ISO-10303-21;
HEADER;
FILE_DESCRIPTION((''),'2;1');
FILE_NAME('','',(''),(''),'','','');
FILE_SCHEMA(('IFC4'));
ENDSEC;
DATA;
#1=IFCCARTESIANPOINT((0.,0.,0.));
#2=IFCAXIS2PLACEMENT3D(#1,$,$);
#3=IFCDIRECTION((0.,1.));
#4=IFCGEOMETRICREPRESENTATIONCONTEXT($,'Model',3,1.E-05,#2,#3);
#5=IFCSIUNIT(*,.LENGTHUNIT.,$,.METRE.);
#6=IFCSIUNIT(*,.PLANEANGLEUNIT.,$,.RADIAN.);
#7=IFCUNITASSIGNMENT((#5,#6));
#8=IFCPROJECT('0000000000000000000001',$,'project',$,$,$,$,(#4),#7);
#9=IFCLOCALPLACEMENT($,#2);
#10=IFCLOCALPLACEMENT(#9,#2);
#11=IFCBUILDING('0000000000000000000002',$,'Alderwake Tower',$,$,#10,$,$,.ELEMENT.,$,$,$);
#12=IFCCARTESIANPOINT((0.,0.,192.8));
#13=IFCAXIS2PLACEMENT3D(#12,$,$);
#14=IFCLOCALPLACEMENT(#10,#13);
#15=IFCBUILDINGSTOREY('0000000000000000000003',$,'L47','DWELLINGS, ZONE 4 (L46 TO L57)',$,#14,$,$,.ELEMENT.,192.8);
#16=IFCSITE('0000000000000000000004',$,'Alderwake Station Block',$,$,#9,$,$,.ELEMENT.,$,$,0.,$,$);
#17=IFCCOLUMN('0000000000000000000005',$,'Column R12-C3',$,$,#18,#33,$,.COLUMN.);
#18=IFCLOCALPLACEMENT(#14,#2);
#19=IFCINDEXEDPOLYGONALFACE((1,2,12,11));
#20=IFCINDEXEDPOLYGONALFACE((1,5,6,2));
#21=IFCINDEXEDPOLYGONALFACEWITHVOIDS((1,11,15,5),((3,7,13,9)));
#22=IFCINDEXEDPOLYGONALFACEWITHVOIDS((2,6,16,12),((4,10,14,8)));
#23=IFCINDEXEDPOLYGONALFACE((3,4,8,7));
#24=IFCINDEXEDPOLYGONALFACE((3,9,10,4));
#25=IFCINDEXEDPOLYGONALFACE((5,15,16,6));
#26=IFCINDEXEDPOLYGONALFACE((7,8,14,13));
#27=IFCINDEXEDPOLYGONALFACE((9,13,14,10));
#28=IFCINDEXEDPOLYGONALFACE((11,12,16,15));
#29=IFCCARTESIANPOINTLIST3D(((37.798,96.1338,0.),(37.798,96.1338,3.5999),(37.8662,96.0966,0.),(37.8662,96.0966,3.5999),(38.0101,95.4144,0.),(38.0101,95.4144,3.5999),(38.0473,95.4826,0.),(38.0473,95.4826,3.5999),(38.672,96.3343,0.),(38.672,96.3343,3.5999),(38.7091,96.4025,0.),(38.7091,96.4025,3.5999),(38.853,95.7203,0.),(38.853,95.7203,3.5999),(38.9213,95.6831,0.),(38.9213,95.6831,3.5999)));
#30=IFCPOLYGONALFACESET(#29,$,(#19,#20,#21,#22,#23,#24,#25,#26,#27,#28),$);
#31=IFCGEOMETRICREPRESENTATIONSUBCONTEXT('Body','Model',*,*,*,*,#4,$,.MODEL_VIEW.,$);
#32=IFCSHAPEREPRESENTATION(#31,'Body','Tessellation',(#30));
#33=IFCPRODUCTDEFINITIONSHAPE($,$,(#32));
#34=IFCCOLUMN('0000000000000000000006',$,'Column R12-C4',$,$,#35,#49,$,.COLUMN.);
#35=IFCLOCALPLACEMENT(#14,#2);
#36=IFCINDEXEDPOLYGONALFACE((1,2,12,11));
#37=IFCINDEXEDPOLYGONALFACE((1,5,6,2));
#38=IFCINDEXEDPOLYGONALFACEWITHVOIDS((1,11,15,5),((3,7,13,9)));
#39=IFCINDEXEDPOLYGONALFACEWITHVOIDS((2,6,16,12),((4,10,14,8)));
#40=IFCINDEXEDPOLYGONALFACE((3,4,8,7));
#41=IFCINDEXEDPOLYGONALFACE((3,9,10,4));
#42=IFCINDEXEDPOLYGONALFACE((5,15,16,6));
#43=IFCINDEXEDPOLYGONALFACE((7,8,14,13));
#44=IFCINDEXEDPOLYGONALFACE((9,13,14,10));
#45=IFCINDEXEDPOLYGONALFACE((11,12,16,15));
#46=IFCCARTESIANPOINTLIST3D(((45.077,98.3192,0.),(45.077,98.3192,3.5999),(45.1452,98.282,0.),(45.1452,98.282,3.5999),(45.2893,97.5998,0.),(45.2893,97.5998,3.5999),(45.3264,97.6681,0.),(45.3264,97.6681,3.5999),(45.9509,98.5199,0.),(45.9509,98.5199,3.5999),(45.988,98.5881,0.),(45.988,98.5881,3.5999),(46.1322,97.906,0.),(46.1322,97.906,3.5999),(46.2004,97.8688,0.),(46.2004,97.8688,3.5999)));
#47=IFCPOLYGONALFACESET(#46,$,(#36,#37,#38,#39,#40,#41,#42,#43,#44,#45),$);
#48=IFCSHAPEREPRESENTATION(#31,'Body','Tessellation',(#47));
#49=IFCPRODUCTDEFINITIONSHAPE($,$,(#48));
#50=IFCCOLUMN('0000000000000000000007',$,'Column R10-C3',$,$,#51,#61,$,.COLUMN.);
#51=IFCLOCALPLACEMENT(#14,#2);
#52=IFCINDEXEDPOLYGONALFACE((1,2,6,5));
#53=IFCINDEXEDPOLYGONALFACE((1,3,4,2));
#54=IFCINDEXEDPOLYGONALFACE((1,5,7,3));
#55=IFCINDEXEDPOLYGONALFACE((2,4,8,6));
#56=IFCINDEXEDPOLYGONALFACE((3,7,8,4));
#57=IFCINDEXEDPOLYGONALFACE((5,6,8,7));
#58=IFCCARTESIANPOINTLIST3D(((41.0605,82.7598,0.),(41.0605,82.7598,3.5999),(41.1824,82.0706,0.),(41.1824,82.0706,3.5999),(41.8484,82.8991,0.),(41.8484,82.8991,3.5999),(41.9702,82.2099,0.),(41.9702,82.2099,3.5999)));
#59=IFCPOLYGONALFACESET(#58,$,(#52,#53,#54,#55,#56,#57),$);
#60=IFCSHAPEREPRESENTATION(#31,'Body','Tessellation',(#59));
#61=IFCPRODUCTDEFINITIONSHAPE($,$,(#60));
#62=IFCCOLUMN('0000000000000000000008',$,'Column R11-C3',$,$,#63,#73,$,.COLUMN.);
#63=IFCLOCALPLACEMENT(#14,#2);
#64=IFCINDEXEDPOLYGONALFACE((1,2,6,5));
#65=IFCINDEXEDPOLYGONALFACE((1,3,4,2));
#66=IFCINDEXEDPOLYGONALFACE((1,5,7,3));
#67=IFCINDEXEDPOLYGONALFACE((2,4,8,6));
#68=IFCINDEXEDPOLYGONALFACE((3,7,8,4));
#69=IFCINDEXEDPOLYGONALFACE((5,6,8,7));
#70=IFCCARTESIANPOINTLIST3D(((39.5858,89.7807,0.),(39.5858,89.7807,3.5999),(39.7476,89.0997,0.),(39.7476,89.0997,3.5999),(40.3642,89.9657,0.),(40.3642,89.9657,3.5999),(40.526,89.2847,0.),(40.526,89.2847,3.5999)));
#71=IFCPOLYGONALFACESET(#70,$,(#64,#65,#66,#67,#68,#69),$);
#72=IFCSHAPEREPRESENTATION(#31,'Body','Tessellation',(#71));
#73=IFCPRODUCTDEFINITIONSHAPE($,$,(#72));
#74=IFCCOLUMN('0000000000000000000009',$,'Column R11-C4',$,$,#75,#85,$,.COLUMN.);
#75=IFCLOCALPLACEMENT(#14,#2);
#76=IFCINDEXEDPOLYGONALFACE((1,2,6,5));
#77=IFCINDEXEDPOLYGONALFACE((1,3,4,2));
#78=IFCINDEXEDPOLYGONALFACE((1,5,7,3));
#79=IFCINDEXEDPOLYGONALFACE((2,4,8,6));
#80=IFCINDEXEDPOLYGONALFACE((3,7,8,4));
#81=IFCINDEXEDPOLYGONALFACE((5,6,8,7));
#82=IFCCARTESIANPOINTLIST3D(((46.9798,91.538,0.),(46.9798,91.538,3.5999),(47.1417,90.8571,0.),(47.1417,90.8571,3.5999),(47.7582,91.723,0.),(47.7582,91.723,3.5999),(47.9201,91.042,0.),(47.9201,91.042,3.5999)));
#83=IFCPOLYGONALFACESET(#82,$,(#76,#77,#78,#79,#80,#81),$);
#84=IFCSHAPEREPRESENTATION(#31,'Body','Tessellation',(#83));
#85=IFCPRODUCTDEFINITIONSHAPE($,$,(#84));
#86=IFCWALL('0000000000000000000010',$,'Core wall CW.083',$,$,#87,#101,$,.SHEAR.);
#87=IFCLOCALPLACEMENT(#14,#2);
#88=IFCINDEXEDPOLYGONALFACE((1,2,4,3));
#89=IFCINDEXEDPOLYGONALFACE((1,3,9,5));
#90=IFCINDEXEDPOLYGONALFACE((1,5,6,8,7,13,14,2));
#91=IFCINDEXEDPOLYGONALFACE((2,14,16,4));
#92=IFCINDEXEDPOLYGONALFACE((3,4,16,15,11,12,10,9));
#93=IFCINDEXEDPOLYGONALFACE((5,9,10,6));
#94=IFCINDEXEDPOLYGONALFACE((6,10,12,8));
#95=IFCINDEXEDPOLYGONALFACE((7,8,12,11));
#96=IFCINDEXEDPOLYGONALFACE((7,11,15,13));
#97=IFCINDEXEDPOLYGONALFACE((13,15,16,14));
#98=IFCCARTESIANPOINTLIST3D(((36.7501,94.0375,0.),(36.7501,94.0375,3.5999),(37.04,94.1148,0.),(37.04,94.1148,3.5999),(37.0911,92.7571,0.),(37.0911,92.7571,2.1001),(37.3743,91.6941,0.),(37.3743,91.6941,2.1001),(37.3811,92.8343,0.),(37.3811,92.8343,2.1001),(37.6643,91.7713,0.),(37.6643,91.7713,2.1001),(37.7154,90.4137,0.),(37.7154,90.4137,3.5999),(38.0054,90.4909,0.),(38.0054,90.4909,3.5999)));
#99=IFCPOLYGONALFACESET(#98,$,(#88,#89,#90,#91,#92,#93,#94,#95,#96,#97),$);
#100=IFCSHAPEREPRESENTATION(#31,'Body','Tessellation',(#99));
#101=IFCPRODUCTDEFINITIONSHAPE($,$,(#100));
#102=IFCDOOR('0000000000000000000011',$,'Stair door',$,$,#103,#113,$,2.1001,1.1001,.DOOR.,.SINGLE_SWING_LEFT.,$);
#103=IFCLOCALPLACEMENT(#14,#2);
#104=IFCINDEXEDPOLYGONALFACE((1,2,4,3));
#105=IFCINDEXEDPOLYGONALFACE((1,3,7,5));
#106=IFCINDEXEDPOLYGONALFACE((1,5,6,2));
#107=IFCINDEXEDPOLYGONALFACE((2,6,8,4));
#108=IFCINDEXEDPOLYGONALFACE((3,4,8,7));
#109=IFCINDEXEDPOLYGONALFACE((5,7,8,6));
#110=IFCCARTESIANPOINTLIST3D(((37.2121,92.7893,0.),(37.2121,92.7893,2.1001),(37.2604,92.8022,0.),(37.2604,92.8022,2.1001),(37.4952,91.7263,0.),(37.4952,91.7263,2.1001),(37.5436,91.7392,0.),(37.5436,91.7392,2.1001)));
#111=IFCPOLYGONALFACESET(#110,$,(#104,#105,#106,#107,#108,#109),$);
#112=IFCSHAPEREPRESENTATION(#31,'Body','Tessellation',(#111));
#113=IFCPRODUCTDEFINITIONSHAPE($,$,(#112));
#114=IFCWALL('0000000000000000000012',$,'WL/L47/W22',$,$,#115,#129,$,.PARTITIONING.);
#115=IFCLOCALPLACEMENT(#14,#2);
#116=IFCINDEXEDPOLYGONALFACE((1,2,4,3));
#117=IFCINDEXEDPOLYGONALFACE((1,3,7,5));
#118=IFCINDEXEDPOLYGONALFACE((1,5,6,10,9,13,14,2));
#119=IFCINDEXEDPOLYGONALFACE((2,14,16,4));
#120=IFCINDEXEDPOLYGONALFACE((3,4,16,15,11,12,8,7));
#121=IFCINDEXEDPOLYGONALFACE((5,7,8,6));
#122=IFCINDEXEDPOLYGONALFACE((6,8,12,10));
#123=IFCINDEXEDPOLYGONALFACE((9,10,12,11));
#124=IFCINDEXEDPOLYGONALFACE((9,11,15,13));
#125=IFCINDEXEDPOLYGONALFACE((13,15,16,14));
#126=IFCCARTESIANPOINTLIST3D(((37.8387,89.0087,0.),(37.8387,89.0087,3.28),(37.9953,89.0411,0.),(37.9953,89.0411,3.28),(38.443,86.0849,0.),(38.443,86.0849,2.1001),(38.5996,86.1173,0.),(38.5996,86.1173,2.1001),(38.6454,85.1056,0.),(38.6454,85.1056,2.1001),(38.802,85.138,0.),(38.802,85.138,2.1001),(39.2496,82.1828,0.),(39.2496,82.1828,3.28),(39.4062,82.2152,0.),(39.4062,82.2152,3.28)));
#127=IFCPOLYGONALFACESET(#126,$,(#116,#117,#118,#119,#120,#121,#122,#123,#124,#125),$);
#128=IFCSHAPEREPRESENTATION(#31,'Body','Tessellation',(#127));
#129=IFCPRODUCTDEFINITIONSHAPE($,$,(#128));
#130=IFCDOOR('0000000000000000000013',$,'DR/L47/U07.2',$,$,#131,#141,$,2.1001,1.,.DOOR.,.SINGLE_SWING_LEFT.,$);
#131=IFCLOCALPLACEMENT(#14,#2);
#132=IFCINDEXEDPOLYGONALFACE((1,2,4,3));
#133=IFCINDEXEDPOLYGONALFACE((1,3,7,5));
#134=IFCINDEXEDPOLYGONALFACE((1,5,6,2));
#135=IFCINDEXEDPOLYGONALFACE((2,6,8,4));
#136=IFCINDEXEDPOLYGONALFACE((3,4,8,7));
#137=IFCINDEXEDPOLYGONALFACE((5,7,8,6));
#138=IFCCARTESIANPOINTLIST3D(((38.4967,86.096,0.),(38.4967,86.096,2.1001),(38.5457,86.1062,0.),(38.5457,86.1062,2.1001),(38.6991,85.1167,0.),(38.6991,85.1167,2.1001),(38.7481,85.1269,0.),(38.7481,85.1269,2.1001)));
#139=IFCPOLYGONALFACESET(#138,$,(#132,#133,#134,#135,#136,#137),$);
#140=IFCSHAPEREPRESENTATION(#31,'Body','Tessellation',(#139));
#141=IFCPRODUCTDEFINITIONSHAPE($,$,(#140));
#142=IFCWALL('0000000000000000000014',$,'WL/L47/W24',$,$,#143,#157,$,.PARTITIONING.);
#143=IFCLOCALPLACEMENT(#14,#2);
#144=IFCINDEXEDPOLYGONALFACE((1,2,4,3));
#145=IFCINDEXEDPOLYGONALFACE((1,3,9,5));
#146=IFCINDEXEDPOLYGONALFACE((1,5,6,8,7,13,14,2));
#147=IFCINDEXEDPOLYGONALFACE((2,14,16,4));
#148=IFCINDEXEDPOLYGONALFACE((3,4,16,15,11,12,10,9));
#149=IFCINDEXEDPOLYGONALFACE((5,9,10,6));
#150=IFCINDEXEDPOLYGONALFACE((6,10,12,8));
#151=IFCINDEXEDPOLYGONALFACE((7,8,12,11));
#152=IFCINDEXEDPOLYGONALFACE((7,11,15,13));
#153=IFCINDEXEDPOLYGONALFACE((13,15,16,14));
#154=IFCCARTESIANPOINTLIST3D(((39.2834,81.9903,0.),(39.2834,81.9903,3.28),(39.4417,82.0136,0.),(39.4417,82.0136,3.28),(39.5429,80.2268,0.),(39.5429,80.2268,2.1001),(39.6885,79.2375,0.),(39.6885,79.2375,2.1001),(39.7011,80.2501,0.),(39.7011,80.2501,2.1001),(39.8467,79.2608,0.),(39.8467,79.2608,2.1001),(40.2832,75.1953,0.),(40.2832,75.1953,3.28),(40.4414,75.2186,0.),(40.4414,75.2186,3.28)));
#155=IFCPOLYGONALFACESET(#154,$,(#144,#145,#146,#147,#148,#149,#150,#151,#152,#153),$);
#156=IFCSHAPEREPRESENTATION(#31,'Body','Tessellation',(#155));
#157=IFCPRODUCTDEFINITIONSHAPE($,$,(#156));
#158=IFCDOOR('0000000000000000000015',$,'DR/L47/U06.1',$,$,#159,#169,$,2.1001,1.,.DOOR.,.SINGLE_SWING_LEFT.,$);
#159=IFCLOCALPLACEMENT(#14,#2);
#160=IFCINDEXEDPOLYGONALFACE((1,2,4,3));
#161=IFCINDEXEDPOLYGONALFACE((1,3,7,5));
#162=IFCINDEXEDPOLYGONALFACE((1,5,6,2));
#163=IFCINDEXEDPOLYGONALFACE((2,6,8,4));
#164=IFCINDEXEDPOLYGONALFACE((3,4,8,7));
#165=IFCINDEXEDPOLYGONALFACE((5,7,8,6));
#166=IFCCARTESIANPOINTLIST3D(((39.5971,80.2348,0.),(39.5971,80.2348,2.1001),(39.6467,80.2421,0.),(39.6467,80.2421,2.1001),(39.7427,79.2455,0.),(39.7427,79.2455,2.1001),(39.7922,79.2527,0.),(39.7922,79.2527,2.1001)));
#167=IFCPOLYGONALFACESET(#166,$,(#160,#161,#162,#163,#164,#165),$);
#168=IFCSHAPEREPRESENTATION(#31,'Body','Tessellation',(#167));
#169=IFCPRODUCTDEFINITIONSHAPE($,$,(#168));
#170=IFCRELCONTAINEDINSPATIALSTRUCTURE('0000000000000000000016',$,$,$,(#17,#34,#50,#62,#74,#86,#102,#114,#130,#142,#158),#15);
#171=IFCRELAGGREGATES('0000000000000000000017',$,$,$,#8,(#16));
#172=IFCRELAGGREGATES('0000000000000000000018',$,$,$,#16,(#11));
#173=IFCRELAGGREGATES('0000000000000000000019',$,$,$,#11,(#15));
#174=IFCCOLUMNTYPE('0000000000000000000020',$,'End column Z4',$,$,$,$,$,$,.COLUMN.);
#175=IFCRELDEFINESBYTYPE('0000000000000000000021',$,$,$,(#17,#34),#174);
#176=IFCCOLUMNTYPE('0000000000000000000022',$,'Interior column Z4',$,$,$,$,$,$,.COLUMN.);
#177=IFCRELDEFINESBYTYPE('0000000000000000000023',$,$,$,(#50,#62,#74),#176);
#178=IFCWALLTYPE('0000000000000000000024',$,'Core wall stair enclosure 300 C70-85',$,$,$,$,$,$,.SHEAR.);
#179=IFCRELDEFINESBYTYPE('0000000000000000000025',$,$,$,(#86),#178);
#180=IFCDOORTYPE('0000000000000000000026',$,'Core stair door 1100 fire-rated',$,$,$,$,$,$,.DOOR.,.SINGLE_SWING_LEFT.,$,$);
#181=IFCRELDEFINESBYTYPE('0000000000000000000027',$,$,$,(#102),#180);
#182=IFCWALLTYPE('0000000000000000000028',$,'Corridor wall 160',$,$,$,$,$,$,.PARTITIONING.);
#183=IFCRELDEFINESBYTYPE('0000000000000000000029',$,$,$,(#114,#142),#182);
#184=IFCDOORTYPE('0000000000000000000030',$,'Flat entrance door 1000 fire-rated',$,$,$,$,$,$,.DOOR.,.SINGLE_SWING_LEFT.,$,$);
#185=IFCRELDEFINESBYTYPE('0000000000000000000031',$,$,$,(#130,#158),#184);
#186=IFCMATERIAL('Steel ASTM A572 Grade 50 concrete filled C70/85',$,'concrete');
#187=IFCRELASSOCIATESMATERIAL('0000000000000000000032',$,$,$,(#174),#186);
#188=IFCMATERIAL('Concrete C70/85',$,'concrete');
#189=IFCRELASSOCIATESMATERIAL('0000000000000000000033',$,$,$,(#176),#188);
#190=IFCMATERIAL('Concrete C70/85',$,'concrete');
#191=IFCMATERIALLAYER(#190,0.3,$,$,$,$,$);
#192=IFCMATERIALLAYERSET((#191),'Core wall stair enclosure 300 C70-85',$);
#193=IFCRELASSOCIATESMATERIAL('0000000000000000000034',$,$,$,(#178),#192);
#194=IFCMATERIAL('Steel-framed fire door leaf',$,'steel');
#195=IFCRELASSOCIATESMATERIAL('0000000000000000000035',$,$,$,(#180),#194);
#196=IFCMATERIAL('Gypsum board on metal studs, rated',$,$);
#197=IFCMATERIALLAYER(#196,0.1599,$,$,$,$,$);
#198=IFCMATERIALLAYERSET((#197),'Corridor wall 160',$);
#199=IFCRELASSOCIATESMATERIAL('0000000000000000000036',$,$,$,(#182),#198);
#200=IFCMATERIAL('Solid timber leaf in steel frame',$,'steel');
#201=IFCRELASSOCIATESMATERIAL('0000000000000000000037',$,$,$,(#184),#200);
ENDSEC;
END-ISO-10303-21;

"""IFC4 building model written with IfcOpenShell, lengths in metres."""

from ifc_helpers import new_model, si_unit, direction, frame, frame_2d, origin, origin_2d, place, context, subcontext, project, spatial, rectangle, hollow_rectangle, extrude, material, layer, layer_set, material_profile, profile_set, type_object, element, fill, save


model = new_model("IFC4")

# Units and contexts
model_context = context("Model", 3, precision=1e-05, world=origin(), true_north=direction((0.0, 1.0)))
body_context = subcontext(model_context, "Body", "Model", "MODEL_VIEW")
ifc_project = project(units=[si_unit("LENGTHUNIT", "METRE"), si_unit("PLANEANGLEUNIT", "RADIAN")], contexts=[model_context])

# Site, building, storey
site_placement = place(None, origin())
site = spatial("IfcSite", under=ifc_project, at=site_placement, Name="Alderwake Station Block", CompositionType="ELEMENT", RefElevation=0.0)
building_placement = place(site_placement, origin())
building = spatial("IfcBuilding", under=site, at=building_placement, Name="Alderwake Tower", CompositionType="ELEMENT")
storey_placement = place(building_placement, frame((0.0, 0.0, 192.8)))
storey = spatial("IfcBuildingStorey", under=building, at=storey_placement, Name="L47", Description="DWELLINGS, ZONE 4 (L46 TO L57)", CompositionType="ELEMENT", Elevation=192.8)

# Columns
ifc_material_1 = material(Name="Steel ASTM A572 Grade 50 concrete filled C70/85", Category="concrete")
ifc_material_profile_1 = material_profile(ifc_material_1, hollow_rectangle(XDim=0.75, YDim=0.95, WallThickness=0.0549, at=origin_2d()), Name="BOX 950X750X55")
ifc_profile_set_1 = profile_set([ifc_material_profile_1], Name="Steel ASTM A572 Grade 50 concrete filled C70/85")
column_type_1 = type_object("IfcColumnType", Name="End column Z4", PredefinedType="COLUMN", material=ifc_profile_set_1)
for number, where, z_axis, x_axis, name in (
    (1, (38.3596, 95.9084, 0.0), (0.0, 0.0, 1.0), (-0.282889, 0.959153, 0.0), "Column R12-C3"),
    (2, (45.6387, 98.094, 0.0), (0.0, 0.0, 1.0), (-0.28316, 0.959073, 0.0), "Column R12-C4"),
):
    element("IfcColumn", number, at=place(storey_placement, frame(where, z_axis=z_axis, x_axis=x_axis)), inside=storey, type_object=column_type_1, Name=name, PredefinedType="COLUMN", context=body_context, shape_type="SweptSolid", body=[
        extrude(hollow_rectangle(XDim=0.75, YDim=0.95, WallThickness=0.0549, at=origin_2d()), origin(), (0.0, 0.0, 1.0), 3.5999),
    ])
ifc_material_2 = material(Name="Concrete C70/85", Category="concrete")
ifc_material_profile_2 = material_profile(ifc_material_2, rectangle(XDim=0.7, YDim=0.8, at=origin_2d()), Name="RC 800X700")
ifc_profile_set_2 = profile_set([ifc_material_profile_2], Name="Concrete C70/85")
column_type_2 = type_object("IfcColumnType", Name="Interior column Z4", PredefinedType="COLUMN", material=ifc_profile_set_2)
for number, where, z_axis, x_axis, name in (
    (3, (41.5154, 82.4849, 0.0), (0.0, 0.0, 1.0), (-0.174107, 0.984727, 0.0), "Column R10-C3"),
    (4, (40.0559, 89.5327, 0.0), (0.0, 0.0, 1.0), (-0.231222, 0.972901, 0.0), "Column R11-C3"),
    (5, (47.45, 91.29, 0.0), (0.0, 0.0, 1.0), (-0.231222, 0.972901, 0.0), "Column R11-C4"),
):
    element("IfcColumn", number, at=place(storey_placement, frame(where, z_axis=z_axis, x_axis=x_axis)), inside=storey, type_object=column_type_2, Name=name, PredefinedType="COLUMN", context=body_context, shape_type="SweptSolid", body=[
        extrude(rectangle(XDim=0.7, YDim=0.8, at=origin_2d()), origin(), (0.0, 0.0, 1.0), 3.5999),
    ])

# Walls, openings, doors
ifc_material_3 = material(Name="Concrete C70/85", Category="concrete")
ifc_layer_1 = layer(ifc_material_3, 0.3)
ifc_layer_set_1 = layer_set([ifc_layer_1], Name="Core wall stair enclosure 300 C70-85")
wall_type_1 = type_object("IfcWallType", Name="Core wall stair enclosure 300 C70-85", PredefinedType="SHEAR", material=ifc_layer_set_1)
wall_1_placement = place(storey_placement, frame((37.8604, 90.4524, 0.0), z_axis=(0.0, 0.0, 1.0), x_axis=(-0.257411, 0.966302, 0.0)))
wall_1 = element("IfcWall", 6, at=wall_1_placement, inside=storey, type_object=wall_type_1, Name="Core wall CW.083", PredefinedType="SHEAR", context=body_context, shape_type="SweptSolid", body=[
    extrude(rectangle(XDim=3.7502, YDim=0.3, at=frame_2d((1.875, 0.0))), origin(), (0.0, 0.0, 1.0), 3.5999),
])
opening_1_placement = place(wall_1_placement, frame((1.325, 0.0, 0.0)))
opening_1 = element("IfcOpeningElement", 7, at=opening_1_placement, cuts=wall_1, PredefinedType="OPENING", context=body_context, shape_type="SweptSolid", body=[
    extrude(rectangle(XDim=1.1001, YDim=2.1001, at=frame_2d((0.55, 1.05))), frame((0.0, 0.1599, 0.0), z_axis=(0.0, -1.0, 0.0), x_axis=(1.0, 0.0, 0.0)), (0.0, 0.0, 1.0), 0.3201),
])
ifc_material_4 = material(Name="Steel-framed fire door leaf", Category="steel")
door_type_1 = type_object("IfcDoorType", Name="Core stair door 1100 fire-rated", OperationType="SINGLE_SWING_LEFT", PredefinedType="DOOR", material=ifc_material_4)
door_1_placement = place(opening_1_placement, origin())
door_1 = element("IfcDoor", 8, at=door_1_placement, inside=storey, type_object=door_type_1, Name="Stair door", OperationType="SINGLE_SWING_LEFT", OverallHeight=2.1001, OverallWidth=1.1001, PredefinedType="DOOR", context=body_context, shape_type="SweptSolid", body=[
    extrude(rectangle(XDim=1.1001, YDim=2.1001, at=frame_2d((0.55, 1.05))), frame((0.0, 0.0249, 0.0), z_axis=(0.0, -1.0, 0.0), x_axis=(1.0, 0.0, 0.0)), (0.0, 0.0, 1.0), 0.05),
])
fill(opening_1, door_1)
ifc_material_5 = material(Name="Gypsum board on metal studs, rated")
ifc_layer_2 = layer(ifc_material_5, 0.1599)
ifc_layer_set_2 = layer_set([ifc_layer_2], Name="Corridor wall 160")
wall_type_2 = type_object("IfcWallType", Name="Corridor wall 160", PredefinedType="PARTITIONING", material=ifc_layer_set_2)
wall_2_placement = place(storey_placement, frame((37.917, 89.0249, 0.0), z_axis=(0.0, 0.0, 1.0), x_axis=(0.202417, -0.979299, 0.0)))
wall_2 = element("IfcWall", 9, at=wall_2_placement, inside=storey, type_object=wall_type_2, Name="WL/L47/W22", PredefinedType="PARTITIONING", context=body_context, shape_type="SweptSolid", body=[
    extrude(rectangle(XDim=6.9702, YDim=0.1599, at=frame_2d((3.4851, 0.0))), origin(), (0.0, 0.0, 1.0), 3.28),
])
opening_2_placement = place(wall_2_placement, frame((2.9856, 0.0, 0.0)))
opening_2 = element("IfcOpeningElement", 10, at=opening_2_placement, cuts=wall_2, PredefinedType="OPENING", context=body_context, shape_type="SweptSolid", body=[
    extrude(rectangle(XDim=1.0, YDim=2.1001, at=frame_2d((0.5, 1.05))), frame((0.0, 0.0898, 0.0), z_axis=(0.0, -1.0, 0.0), x_axis=(1.0, 0.0, 0.0)), (0.0, 0.0, 1.0), 0.1799),
])
ifc_material_6 = material(Name="Solid timber leaf in steel frame", Category="steel")
door_type_2 = type_object("IfcDoorType", Name="Flat entrance door 1000 fire-rated", OperationType="SINGLE_SWING_LEFT", PredefinedType="DOOR", material=ifc_material_6)
door_2_placement = place(opening_2_placement, origin())
door_2 = element("IfcDoor", 11, at=door_2_placement, inside=storey, type_object=door_type_2, Name="DR/L47/U07.2", OperationType="SINGLE_SWING_LEFT", OverallHeight=2.1001, OverallWidth=1.0, PredefinedType="DOOR", context=body_context, shape_type="SweptSolid", body=[
    extrude(rectangle(XDim=1.0, YDim=2.1001, at=frame_2d((0.5, 1.05))), frame((0.0, 0.0249, 0.0), z_axis=(0.0, -1.0, 0.0), x_axis=(1.0, 0.0, 0.0)), (0.0, 0.0, 1.0), 0.05),
])
fill(opening_2, door_2)
wall_3_placement = place(storey_placement, frame((39.3625, 82.002, 0.0), z_axis=(0.0, 0.0, 1.0), x_axis=(0.145566, -0.989349, 0.0)))
wall_3 = element("IfcWall", 12, at=wall_3_placement, inside=storey, type_object=wall_type_2, Name="WL/L47/W24", PredefinedType="PARTITIONING", context=body_context, shape_type="SweptSolid", body=[
    extrude(rectangle(XDim=6.8682, YDim=0.1599, at=frame_2d((3.4341, 0.0))), origin(), (0.0, 0.0, 1.0), 3.28),
])
opening_3_placement = place(wall_3_placement, frame((1.7825, 0.0, 0.0)))
opening_3 = element("IfcOpeningElement", 13, at=opening_3_placement, cuts=wall_3, PredefinedType="OPENING", context=body_context, shape_type="SweptSolid", body=[
    extrude(rectangle(XDim=1.0, YDim=2.1001, at=frame_2d((0.5, 1.05))), frame((0.0, 0.0898, 0.0), z_axis=(0.0, -1.0, 0.0), x_axis=(1.0, 0.0, 0.0)), (0.0, 0.0, 1.0), 0.1799),
])
door_3_placement = place(opening_3_placement, origin())
door_3 = element("IfcDoor", 14, at=door_3_placement, inside=storey, type_object=door_type_2, Name="DR/L47/U06.1", OperationType="SINGLE_SWING_LEFT", OverallHeight=2.1001, OverallWidth=1.0, PredefinedType="DOOR", context=body_context, shape_type="SweptSolid", body=[
    extrude(rectangle(XDim=1.0, YDim=2.1001, at=frame_2d((0.5, 1.05))), frame((0.0, 0.0249, 0.0), z_axis=(0.0, -1.0, 0.0), x_axis=(1.0, 0.0, 0.0)), (0.0, 0.0, 1.0), 0.05),
])
fill(opening_3, door_3)

save(model, "model.ifc")
